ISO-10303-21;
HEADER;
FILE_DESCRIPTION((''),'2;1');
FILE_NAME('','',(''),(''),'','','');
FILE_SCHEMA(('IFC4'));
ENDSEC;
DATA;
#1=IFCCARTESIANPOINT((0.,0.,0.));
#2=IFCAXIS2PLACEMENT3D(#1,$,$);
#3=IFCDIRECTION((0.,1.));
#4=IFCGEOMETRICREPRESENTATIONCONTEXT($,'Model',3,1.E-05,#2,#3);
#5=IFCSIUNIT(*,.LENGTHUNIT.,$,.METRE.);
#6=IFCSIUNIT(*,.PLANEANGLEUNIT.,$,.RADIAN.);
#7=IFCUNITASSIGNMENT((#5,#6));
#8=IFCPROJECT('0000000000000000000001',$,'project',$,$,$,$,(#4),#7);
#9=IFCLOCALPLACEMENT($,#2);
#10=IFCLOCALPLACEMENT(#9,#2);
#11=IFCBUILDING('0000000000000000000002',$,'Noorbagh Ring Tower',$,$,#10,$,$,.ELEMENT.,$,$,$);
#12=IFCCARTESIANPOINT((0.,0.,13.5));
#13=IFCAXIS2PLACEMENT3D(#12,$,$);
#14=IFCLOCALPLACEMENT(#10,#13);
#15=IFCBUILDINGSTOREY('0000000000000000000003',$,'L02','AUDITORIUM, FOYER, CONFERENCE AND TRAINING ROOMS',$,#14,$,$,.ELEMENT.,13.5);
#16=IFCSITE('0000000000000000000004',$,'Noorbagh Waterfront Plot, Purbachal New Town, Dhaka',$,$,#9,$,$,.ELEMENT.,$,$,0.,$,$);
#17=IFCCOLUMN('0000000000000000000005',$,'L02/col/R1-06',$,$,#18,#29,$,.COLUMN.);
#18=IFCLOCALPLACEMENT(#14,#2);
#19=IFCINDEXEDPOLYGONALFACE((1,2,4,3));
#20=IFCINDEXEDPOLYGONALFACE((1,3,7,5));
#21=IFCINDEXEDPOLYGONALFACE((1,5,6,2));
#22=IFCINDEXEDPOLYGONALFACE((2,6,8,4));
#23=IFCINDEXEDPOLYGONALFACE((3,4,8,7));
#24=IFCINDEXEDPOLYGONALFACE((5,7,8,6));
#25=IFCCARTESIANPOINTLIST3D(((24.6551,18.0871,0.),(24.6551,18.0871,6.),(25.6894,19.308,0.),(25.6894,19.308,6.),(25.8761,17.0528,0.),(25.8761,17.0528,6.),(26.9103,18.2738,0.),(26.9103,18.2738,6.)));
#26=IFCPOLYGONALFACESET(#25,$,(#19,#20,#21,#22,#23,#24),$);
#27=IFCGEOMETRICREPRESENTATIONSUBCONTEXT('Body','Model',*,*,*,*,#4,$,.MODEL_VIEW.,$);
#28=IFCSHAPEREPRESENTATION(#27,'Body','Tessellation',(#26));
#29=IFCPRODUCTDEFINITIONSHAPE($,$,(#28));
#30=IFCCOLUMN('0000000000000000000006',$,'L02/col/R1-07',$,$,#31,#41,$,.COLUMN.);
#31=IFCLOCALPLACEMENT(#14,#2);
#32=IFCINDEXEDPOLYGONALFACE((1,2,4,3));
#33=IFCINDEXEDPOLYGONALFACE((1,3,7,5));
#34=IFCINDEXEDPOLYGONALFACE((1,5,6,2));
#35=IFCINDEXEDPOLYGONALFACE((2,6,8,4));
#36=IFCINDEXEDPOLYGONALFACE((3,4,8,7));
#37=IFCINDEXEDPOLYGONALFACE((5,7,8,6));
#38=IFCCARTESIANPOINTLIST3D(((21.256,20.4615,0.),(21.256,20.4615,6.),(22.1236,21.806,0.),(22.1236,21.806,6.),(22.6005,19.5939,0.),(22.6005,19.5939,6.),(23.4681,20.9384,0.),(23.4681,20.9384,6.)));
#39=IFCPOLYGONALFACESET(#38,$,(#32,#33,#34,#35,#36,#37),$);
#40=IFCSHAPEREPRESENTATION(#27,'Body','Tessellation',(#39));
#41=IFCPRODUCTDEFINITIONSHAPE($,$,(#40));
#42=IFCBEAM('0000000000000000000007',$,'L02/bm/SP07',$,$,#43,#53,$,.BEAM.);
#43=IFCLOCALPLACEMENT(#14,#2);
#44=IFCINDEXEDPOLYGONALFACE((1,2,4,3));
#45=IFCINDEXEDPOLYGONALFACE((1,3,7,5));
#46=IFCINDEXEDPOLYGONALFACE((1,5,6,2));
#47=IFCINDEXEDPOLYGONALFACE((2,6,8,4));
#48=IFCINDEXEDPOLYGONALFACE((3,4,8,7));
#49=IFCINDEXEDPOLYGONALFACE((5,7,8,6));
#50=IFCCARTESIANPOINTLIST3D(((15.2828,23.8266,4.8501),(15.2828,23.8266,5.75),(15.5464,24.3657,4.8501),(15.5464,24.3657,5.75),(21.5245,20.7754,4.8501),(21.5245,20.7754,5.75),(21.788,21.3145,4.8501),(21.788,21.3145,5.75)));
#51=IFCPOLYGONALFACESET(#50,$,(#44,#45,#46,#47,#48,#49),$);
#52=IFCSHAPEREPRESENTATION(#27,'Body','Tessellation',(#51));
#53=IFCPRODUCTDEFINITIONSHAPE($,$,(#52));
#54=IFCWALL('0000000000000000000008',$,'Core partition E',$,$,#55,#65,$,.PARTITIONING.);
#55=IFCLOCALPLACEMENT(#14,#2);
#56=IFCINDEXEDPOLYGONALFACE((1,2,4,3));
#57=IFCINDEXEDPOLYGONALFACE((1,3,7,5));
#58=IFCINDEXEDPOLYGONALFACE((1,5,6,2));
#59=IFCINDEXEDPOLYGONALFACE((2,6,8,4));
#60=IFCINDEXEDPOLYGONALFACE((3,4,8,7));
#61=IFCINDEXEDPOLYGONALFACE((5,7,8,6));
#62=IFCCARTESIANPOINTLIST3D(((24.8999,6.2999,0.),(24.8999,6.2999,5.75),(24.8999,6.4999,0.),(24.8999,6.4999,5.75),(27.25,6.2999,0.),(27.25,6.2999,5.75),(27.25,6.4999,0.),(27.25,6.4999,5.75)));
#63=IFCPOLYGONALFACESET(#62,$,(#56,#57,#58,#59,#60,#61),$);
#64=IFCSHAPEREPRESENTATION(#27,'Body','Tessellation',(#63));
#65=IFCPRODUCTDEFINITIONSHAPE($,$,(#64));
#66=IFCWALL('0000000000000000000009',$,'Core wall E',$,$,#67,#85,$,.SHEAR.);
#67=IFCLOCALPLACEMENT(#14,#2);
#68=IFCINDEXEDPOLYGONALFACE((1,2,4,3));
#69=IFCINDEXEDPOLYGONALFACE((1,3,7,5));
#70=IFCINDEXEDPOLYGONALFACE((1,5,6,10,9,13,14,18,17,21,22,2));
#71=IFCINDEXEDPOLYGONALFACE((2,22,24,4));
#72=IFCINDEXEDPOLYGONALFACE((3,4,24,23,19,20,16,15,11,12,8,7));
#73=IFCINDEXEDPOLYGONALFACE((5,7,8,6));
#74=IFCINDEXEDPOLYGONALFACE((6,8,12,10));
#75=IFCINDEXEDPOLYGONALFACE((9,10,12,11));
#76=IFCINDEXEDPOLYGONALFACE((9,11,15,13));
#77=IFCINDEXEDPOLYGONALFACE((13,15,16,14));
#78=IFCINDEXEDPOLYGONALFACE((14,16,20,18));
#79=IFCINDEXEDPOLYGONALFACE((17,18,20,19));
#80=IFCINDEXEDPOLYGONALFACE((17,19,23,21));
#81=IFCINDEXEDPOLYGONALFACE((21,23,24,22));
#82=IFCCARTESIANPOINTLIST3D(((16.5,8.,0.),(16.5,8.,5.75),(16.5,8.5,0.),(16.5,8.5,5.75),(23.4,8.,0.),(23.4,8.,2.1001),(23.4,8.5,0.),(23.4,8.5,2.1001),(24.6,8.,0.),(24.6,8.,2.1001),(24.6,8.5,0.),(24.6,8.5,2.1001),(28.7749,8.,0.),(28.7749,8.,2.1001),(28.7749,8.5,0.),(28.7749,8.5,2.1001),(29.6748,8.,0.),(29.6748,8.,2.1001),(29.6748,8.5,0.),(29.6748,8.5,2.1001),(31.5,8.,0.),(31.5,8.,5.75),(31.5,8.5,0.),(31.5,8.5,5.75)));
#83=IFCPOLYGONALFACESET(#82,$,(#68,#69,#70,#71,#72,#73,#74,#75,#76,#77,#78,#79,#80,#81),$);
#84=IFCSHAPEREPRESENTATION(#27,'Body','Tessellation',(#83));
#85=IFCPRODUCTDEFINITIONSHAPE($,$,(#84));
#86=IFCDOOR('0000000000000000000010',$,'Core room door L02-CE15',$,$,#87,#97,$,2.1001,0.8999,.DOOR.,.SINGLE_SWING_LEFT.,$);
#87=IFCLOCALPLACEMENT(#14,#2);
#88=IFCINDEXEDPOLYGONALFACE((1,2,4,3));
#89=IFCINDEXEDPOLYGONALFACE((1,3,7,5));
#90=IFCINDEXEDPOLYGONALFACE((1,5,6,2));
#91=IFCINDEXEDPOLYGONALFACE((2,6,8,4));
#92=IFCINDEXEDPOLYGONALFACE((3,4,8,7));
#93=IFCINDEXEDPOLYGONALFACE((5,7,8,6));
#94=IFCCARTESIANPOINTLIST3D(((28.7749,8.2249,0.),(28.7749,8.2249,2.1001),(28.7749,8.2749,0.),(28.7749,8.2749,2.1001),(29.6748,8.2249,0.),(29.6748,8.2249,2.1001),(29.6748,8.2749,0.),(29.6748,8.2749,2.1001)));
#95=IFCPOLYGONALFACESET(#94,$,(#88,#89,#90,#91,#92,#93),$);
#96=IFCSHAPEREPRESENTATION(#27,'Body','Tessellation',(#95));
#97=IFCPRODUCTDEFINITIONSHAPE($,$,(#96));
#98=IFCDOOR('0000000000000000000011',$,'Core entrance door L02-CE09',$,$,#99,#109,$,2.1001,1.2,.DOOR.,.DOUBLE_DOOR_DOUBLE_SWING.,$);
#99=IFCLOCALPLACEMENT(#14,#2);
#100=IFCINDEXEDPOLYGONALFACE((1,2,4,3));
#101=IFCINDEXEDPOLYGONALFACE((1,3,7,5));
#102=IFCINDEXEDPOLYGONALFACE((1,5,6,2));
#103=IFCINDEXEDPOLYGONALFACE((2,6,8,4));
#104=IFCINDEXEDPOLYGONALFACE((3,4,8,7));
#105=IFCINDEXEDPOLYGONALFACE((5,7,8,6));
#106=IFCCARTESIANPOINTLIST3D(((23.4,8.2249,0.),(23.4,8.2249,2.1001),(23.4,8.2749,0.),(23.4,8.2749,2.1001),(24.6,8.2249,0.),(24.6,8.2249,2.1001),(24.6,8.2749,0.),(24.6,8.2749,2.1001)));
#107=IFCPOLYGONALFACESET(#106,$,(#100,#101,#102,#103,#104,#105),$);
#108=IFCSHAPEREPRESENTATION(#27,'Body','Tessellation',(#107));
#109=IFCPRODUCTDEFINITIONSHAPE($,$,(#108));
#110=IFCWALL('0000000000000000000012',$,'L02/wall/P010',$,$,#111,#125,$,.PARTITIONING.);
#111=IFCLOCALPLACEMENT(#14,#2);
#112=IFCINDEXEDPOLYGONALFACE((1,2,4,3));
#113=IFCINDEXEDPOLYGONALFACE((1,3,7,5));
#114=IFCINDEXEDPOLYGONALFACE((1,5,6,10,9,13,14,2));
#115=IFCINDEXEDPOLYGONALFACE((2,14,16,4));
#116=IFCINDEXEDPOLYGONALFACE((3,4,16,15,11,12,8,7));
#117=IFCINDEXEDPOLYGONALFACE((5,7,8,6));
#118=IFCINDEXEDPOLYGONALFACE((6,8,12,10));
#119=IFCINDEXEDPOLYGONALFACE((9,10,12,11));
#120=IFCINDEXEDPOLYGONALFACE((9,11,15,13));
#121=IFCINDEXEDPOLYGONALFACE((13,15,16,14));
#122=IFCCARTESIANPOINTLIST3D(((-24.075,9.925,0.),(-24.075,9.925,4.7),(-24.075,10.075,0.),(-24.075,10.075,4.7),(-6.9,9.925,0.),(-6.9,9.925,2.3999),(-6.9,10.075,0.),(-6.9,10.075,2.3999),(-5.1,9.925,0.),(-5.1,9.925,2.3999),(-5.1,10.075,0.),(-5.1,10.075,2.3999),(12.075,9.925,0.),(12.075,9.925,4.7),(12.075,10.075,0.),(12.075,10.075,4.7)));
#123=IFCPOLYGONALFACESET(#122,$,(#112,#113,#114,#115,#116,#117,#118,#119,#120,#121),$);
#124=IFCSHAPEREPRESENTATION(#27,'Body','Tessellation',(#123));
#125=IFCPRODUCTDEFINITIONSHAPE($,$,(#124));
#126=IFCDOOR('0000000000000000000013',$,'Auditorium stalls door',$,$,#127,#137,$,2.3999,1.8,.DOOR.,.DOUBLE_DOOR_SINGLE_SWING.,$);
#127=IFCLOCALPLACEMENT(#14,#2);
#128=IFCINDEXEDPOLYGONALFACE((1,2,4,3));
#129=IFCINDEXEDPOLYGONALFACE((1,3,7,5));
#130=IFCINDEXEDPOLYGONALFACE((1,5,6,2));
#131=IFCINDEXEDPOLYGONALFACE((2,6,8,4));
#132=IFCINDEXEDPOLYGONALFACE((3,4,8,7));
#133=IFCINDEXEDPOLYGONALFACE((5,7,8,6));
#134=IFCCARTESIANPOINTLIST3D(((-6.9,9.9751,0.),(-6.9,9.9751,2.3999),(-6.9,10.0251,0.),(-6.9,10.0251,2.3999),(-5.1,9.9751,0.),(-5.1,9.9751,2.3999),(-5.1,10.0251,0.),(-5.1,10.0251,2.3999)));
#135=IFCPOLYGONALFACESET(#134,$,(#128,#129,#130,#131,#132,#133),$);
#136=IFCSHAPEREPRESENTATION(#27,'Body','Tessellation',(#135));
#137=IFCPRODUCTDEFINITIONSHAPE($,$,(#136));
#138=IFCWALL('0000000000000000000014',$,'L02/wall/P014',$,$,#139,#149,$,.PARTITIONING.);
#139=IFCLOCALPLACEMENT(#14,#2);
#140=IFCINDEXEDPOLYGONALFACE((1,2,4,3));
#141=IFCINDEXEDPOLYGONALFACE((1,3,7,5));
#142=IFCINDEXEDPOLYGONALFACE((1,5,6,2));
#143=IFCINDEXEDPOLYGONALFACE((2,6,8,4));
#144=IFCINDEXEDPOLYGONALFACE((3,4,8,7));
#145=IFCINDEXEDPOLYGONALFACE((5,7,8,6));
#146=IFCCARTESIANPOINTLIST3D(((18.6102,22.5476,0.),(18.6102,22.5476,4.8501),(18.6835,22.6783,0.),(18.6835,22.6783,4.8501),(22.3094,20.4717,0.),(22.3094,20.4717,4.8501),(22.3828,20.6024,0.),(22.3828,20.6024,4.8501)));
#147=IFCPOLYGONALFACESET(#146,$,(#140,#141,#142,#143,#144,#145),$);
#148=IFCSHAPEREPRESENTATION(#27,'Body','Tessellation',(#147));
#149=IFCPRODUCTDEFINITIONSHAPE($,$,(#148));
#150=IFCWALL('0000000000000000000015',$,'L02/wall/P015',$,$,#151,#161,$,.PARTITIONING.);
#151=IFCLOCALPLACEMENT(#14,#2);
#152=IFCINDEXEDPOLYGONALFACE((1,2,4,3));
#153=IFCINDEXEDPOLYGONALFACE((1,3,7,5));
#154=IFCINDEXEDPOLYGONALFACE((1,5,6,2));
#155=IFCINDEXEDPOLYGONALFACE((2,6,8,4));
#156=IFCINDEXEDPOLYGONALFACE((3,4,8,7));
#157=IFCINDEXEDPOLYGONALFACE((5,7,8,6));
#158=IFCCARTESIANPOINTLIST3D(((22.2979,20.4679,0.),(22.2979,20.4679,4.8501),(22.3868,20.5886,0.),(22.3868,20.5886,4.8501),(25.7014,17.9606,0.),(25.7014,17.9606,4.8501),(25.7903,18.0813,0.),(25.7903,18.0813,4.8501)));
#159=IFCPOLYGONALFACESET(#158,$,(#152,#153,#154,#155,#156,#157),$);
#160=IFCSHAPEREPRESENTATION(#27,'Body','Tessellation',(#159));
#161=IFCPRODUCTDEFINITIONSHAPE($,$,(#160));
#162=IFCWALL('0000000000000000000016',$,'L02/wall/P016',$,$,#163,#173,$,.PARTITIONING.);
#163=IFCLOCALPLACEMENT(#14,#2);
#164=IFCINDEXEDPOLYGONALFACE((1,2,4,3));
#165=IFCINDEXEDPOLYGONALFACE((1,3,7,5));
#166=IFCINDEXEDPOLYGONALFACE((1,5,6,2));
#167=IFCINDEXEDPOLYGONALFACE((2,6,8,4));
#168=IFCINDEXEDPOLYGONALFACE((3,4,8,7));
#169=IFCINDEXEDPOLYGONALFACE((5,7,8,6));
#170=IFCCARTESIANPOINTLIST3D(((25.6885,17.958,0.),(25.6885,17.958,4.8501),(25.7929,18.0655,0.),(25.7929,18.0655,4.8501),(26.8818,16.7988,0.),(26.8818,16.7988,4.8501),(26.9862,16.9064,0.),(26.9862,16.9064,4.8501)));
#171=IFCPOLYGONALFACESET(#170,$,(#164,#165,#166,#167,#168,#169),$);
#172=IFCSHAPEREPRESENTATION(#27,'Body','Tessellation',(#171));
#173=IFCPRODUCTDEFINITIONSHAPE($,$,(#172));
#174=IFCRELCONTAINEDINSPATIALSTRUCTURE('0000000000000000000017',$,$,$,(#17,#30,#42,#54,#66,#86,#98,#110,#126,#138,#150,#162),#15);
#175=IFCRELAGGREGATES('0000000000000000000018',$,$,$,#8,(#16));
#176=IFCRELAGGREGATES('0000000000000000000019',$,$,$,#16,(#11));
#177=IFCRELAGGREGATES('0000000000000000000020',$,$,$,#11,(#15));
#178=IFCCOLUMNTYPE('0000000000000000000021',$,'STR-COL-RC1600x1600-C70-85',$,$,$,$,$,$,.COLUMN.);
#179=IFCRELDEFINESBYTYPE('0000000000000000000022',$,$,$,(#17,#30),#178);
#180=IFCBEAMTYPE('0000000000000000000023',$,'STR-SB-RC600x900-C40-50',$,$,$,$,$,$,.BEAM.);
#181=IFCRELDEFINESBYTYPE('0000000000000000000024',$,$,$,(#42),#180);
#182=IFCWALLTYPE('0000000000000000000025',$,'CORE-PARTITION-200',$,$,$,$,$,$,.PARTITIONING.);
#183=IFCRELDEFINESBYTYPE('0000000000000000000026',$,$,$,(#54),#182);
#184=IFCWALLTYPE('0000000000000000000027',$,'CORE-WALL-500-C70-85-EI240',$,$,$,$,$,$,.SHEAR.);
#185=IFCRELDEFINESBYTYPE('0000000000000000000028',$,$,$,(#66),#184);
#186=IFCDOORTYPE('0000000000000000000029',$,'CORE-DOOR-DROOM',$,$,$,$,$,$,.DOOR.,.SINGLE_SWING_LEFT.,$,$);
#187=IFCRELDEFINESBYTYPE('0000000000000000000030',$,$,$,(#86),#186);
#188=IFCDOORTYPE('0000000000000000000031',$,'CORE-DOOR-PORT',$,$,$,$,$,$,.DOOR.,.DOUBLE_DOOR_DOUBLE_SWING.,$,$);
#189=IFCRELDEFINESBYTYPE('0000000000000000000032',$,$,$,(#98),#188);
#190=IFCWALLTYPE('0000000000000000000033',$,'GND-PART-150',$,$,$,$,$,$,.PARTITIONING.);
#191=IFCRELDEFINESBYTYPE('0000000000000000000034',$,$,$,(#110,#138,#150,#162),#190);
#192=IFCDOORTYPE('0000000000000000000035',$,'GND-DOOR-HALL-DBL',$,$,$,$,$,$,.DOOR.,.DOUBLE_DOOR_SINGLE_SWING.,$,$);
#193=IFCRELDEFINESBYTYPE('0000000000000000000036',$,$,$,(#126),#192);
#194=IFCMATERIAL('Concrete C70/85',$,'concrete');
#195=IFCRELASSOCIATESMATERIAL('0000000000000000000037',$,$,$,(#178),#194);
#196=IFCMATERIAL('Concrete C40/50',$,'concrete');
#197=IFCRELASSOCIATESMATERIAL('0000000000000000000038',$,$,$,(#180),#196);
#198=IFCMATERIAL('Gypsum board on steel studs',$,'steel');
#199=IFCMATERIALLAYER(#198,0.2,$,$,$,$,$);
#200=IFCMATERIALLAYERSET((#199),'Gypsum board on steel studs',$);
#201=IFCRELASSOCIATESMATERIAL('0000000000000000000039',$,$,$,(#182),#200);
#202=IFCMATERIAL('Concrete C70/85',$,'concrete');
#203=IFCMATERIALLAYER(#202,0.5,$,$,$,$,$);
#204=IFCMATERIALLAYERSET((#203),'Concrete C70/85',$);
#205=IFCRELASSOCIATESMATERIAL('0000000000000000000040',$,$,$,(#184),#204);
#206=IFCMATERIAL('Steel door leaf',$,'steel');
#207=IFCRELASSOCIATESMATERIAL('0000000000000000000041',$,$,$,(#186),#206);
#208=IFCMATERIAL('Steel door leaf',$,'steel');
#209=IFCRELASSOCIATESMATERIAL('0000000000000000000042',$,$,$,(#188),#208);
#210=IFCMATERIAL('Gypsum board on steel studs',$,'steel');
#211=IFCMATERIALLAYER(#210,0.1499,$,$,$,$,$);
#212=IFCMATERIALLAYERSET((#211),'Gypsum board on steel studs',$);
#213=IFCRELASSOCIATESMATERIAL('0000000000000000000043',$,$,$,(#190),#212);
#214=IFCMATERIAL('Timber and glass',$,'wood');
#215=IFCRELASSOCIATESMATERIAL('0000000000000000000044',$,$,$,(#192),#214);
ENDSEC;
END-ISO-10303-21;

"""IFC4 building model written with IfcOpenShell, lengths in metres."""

from ifc_helpers import new_model, si_unit, direction, frame, frame_2d, origin, origin_2d, place, context, subcontext, project, spatial, rectangle, extrude, material, layer, layer_set, material_profile, profile_set, type_object, element, fill, save


model = new_model("IFC4")

# Units and contexts
model_context = context("Model", 3, precision=1e-05, world=origin(), true_north=direction((0.0, 1.0)))
body_context = subcontext(model_context, "Body", "Model", "MODEL_VIEW")
ifc_project = project(units=[si_unit("LENGTHUNIT", "METRE"), si_unit("PLANEANGLEUNIT", "RADIAN")], contexts=[model_context])

# Site, building, storey
site_placement = place(None, origin())
site = spatial("IfcSite", under=ifc_project, at=site_placement, Name="Noorbagh Waterfront Plot, Purbachal New Town, Dhaka", CompositionType="ELEMENT", RefElevation=0.0)
building_placement = place(site_placement, origin())
building = spatial("IfcBuilding", under=site, at=building_placement, Name="Noorbagh Ring Tower", CompositionType="ELEMENT")
storey_placement = place(building_placement, frame((0.0, 0.0, 13.5)))
storey = spatial("IfcBuildingStorey", under=building, at=storey_placement, Name="L02", Description="AUDITORIUM, FOYER, CONFERENCE AND TRAINING ROOMS", CompositionType="ELEMENT", Elevation=13.5)

# Columns
ifc_material_1 = material(Name="Concrete C70/85", Category="concrete")
ifc_material_profile_1 = material_profile(ifc_material_1, rectangle(XDim=1.6001, YDim=1.6001, at=origin_2d()), Name="RC1600x1600")
ifc_profile_set_1 = profile_set([ifc_material_profile_1], Name="Concrete C70/85")
column_type = type_object("IfcColumnType", Name="STR-COL-RC1600x1600-C70-85", PredefinedType="COLUMN", material=ifc_profile_set_1)
for number, where, z_axis, x_axis, name in (
    (1, (25.7827, 18.1804, 0.0), (0.0, 0.0, 1.0), (-0.763035, 0.646357, 0.0), "L02/col/R1-06"),
    (2, (22.3621, 20.7, 0.0), (0.0, 0.0, 1.0), (-0.840248, 0.542203, 0.0), "L02/col/R1-07"),
):
    element("IfcColumn", number, at=place(storey_placement, frame(where, z_axis=z_axis, x_axis=x_axis)), inside=storey, type_object=column_type, Name=name, PredefinedType="COLUMN", context=body_context, shape_type="SweptSolid", body=[
        extrude(rectangle(XDim=1.6001, YDim=1.6001, at=origin_2d()), origin(), (0.0, 0.0, 1.0), 6.0),
    ])

# Beam
ifc_material_2 = material(Name="Concrete C40/50", Category="concrete")
ifc_material_profile_2 = material_profile(ifc_material_2, rectangle(XDim=0.6001, YDim=0.8999, at=origin_2d()), Name="RC600x900")
ifc_profile_set_2 = profile_set([ifc_material_profile_2], Name="Concrete C40/50")
beam_type = type_object("IfcBeamType", Name="STR-SB-RC600x900-C40-50", PredefinedType="BEAM", material=ifc_profile_set_2)
beam_placement = place(storey_placement, frame((21.6562, 21.0449, 5.3), z_axis=(-0.898397, 0.439184, 0.0), x_axis=(-0.439184, -0.898397, 0.0)))
element("IfcBeam", 3, at=beam_placement, inside=storey, type_object=beam_type, Name="L02/bm/SP07", PredefinedType="BEAM", context=body_context, shape_type="SweptSolid", body=[
    extrude(rectangle(XDim=0.6001, YDim=0.8999, at=origin_2d()), origin(), (0.0, 0.0, 1.0), 6.9475),
])

# Wall
ifc_material_3 = material(Name="Gypsum board on steel studs", Category="steel")
ifc_layer_1 = layer(ifc_material_3, 0.2)
ifc_layer_set_1 = layer_set([ifc_layer_1], Name="Gypsum board on steel studs")
wall_type_1 = type_object("IfcWallType", Name="CORE-PARTITION-200", PredefinedType="PARTITIONING", material=ifc_layer_set_1)
wall_1_placement = place(storey_placement, frame((24.8999, 6.3999, 0.0), z_axis=(0.0, 0.0, 1.0), x_axis=(1.0, 0.0, 0.0)))
element("IfcWall", 4, at=wall_1_placement, inside=storey, type_object=wall_type_1, Name="Core partition E", PredefinedType="PARTITIONING", context=body_context, shape_type="SweptSolid", body=[
    extrude(rectangle(XDim=2.3501, YDim=0.2, at=frame_2d((1.175, 0.0))), origin(), (0.0, 0.0, 1.0), 5.75),
])

# Wall, openings, doors
ifc_material_4 = material(Name="Concrete C70/85", Category="concrete")
ifc_layer_2 = layer(ifc_material_4, 0.5)
ifc_layer_set_2 = layer_set([ifc_layer_2], Name="Concrete C70/85")
wall_type_2 = type_object("IfcWallType", Name="CORE-WALL-500-C70-85-EI240", PredefinedType="SHEAR", material=ifc_layer_set_2)
wall_2_placement = place(storey_placement, frame((16.5, 8.25, 0.0), z_axis=(0.0, 0.0, 1.0), x_axis=(1.0, 0.0, 0.0)))
wall_2 = element("IfcWall", 5, at=wall_2_placement, inside=storey, type_object=wall_type_2, Name="Core wall E", PredefinedType="SHEAR", context=body_context, shape_type="SweptSolid", body=[
    extrude(rectangle(XDim=15.0, YDim=0.5, at=frame_2d((7.5, 0.0))), origin(), (0.0, 0.0, 1.0), 5.75),
])
opening_1_placement = place(wall_2_placement, frame((6.8999, 0.0, 0.0)))
opening_1 = element("IfcOpeningElement", 6, at=opening_1_placement, cuts=wall_2, PredefinedType="OPENING", context=body_context, shape_type="SweptSolid", body=[
    extrude(rectangle(XDim=1.2, YDim=2.1001, at=frame_2d((0.6001, 1.05))), frame((0.0, 0.26, 0.0), z_axis=(0.0, -1.0, 0.0), x_axis=(1.0, 0.0, 0.0)), (0.0, 0.0, 1.0), 0.52),
])
opening_2_placement = place(wall_2_placement, frame((12.2749, 0.0, 0.0)))
opening_2 = element("IfcOpeningElement", 7, at=opening_2_placement, cuts=wall_2, PredefinedType="OPENING", context=body_context, shape_type="SweptSolid", body=[
    extrude(rectangle(XDim=0.8999, YDim=2.1001, at=frame_2d((0.45, 1.05))), frame((0.0, 0.26, 0.0), z_axis=(0.0, -1.0, 0.0), x_axis=(1.0, 0.0, 0.0)), (0.0, 0.0, 1.0), 0.52),
])
ifc_material_5 = material(Name="Steel door leaf", Category="steel")
door_type_1 = type_object("IfcDoorType", Name="CORE-DOOR-DROOM", OperationType="SINGLE_SWING_LEFT", PredefinedType="DOOR", material=ifc_material_5)
door_1_placement = place(opening_2_placement, origin())
door_1 = element("IfcDoor", 8, at=door_1_placement, inside=storey, type_object=door_type_1, Name="Core room door L02-CE15", OperationType="SINGLE_SWING_LEFT", OverallHeight=2.1001, OverallWidth=0.8999, PredefinedType="DOOR", context=body_context, shape_type="SweptSolid", body=[
    extrude(rectangle(XDim=0.8999, YDim=2.1001, at=frame_2d((0.45, 1.05))), frame((0.0, 0.0249, 0.0), z_axis=(0.0, -1.0, 0.0), x_axis=(1.0, 0.0, 0.0)), (0.0, 0.0, 1.0), 0.05),
])
fill(opening_2, door_1)
ifc_material_6 = material(Name="Steel door leaf", Category="steel")
door_type_2 = type_object("IfcDoorType", Name="CORE-DOOR-PORT", OperationType="DOUBLE_DOOR_DOUBLE_SWING", PredefinedType="DOOR", material=ifc_material_6)
door_2_placement = place(opening_1_placement, origin())
door_2 = element("IfcDoor", 9, at=door_2_placement, inside=storey, type_object=door_type_2, Name="Core entrance door L02-CE09", OperationType="DOUBLE_DOOR_DOUBLE_SWING", OverallHeight=2.1001, OverallWidth=1.2, PredefinedType="DOOR", context=body_context, shape_type="SweptSolid", body=[
    extrude(rectangle(XDim=1.2, YDim=2.1001, at=frame_2d((0.6001, 1.05))), frame((0.0, 0.0249, 0.0), z_axis=(0.0, -1.0, 0.0), x_axis=(1.0, 0.0, 0.0)), (0.0, 0.0, 1.0), 0.05),
])
fill(opening_1, door_2)

# Wall, opening, door
ifc_material_7 = material(Name="Gypsum board on steel studs", Category="steel")
ifc_layer_3 = layer(ifc_material_7, 0.1499)
ifc_layer_set_3 = layer_set([ifc_layer_3], Name="Gypsum board on steel studs")
wall_type_3 = type_object("IfcWallType", Name="GND-PART-150", PredefinedType="PARTITIONING", material=ifc_layer_set_3)
wall_3_placement = place(storey_placement, frame((12.075, 10.0, 0.0), z_axis=(0.0, 0.0, 1.0), x_axis=(-1.0, 0.0, 0.0)))
wall_3 = element("IfcWall", 10, at=wall_3_placement, inside=storey, type_object=wall_type_3, Name="L02/wall/P010", PredefinedType="PARTITIONING", context=body_context, shape_type="SweptSolid", body=[
    extrude(rectangle(XDim=36.1499, YDim=0.1499, at=frame_2d((18.075, 0.0))), origin(), (0.0, 0.0, 1.0), 4.7),
])
opening_3_placement = place(wall_3_placement, frame((17.175, 0.0, 0.0)))
opening_3 = element("IfcOpeningElement", 11, at=opening_3_placement, cuts=wall_3, PredefinedType="OPENING", context=body_context, shape_type="SweptSolid", body=[
    extrude(rectangle(XDim=1.8, YDim=2.3999, at=frame_2d((0.8999, 1.2))), frame((0.0, 0.085, 0.0), z_axis=(0.0, -1.0, 0.0), x_axis=(1.0, 0.0, 0.0)), (0.0, 0.0, 1.0), 0.1699),
])
ifc_material_8 = material(Name="Timber and glass", Category="wood")
door_type_3 = type_object("IfcDoorType", Name="GND-DOOR-HALL-DBL", OperationType="DOUBLE_DOOR_SINGLE_SWING", PredefinedType="DOOR", material=ifc_material_8)
door_3_placement = place(opening_3_placement, origin())
door_3 = element("IfcDoor", 12, at=door_3_placement, inside=storey, type_object=door_type_3, Name="Auditorium stalls door", OperationType="DOUBLE_DOOR_SINGLE_SWING", OverallHeight=2.3999, OverallWidth=1.8, PredefinedType="DOOR", context=body_context, shape_type="SweptSolid", body=[
    extrude(rectangle(XDim=1.8, YDim=2.3999, at=frame_2d((0.8999, 1.2))), frame((0.0, 0.0249, 0.0), z_axis=(0.0, -1.0, 0.0), x_axis=(1.0, 0.0, 0.0)), (0.0, 0.0, 1.0), 0.05),
])
fill(opening_3, door_3)

# Walls
wall_4_placement = place(storey_placement, frame((18.6467, 22.613, 0.0), z_axis=(0.0, 0.0, 1.0), x_axis=(0.872067, -0.489387, 0.0)))
element("IfcWall", 13, at=wall_4_placement, inside=storey, type_object=wall_type_3, Name="L02/wall/P014", PredefinedType="PARTITIONING", context=body_context, shape_type="SweptSolid", body=[
    extrude(rectangle(XDim=4.2419, YDim=0.1499, at=frame_2d((2.1211, 0.0))), origin(), (0.0, 0.0, 1.0), 4.8501),
])
wall_5_placement = place(storey_placement, frame((22.3423, 20.5283, 0.0), z_axis=(0.0, 0.0, 1.0), x_axis=(0.80512, -0.593112, 0.0)))
element("IfcWall", 14, at=wall_5_placement, inside=storey, type_object=wall_type_3, Name="L02/wall/P015", PredefinedType="PARTITIONING", context=body_context, shape_type="SweptSolid", body=[
    extrude(rectangle(XDim=4.2273, YDim=0.1499, at=frame_2d((2.1138, 0.0))), origin(), (0.0, 0.0, 1.0), 4.8501),
])
wall_6_placement = place(storey_placement, frame((25.7407, 18.0117, 0.0), z_axis=(0.0, 0.0, 1.0), x_axis=(0.717305, -0.69676, 0.0)))
element("IfcWall", 15, at=wall_6_placement, inside=storey, type_object=wall_type_3, Name="L02/wall/P016", PredefinedType="PARTITIONING", context=body_context, shape_type="SweptSolid", body=[
    extrude(rectangle(XDim=1.6636, YDim=0.1499, at=frame_2d((0.8318, 0.0))), origin(), (0.0, 0.0, 1.0), 4.8501),
])

save(model, "model.ifc")
